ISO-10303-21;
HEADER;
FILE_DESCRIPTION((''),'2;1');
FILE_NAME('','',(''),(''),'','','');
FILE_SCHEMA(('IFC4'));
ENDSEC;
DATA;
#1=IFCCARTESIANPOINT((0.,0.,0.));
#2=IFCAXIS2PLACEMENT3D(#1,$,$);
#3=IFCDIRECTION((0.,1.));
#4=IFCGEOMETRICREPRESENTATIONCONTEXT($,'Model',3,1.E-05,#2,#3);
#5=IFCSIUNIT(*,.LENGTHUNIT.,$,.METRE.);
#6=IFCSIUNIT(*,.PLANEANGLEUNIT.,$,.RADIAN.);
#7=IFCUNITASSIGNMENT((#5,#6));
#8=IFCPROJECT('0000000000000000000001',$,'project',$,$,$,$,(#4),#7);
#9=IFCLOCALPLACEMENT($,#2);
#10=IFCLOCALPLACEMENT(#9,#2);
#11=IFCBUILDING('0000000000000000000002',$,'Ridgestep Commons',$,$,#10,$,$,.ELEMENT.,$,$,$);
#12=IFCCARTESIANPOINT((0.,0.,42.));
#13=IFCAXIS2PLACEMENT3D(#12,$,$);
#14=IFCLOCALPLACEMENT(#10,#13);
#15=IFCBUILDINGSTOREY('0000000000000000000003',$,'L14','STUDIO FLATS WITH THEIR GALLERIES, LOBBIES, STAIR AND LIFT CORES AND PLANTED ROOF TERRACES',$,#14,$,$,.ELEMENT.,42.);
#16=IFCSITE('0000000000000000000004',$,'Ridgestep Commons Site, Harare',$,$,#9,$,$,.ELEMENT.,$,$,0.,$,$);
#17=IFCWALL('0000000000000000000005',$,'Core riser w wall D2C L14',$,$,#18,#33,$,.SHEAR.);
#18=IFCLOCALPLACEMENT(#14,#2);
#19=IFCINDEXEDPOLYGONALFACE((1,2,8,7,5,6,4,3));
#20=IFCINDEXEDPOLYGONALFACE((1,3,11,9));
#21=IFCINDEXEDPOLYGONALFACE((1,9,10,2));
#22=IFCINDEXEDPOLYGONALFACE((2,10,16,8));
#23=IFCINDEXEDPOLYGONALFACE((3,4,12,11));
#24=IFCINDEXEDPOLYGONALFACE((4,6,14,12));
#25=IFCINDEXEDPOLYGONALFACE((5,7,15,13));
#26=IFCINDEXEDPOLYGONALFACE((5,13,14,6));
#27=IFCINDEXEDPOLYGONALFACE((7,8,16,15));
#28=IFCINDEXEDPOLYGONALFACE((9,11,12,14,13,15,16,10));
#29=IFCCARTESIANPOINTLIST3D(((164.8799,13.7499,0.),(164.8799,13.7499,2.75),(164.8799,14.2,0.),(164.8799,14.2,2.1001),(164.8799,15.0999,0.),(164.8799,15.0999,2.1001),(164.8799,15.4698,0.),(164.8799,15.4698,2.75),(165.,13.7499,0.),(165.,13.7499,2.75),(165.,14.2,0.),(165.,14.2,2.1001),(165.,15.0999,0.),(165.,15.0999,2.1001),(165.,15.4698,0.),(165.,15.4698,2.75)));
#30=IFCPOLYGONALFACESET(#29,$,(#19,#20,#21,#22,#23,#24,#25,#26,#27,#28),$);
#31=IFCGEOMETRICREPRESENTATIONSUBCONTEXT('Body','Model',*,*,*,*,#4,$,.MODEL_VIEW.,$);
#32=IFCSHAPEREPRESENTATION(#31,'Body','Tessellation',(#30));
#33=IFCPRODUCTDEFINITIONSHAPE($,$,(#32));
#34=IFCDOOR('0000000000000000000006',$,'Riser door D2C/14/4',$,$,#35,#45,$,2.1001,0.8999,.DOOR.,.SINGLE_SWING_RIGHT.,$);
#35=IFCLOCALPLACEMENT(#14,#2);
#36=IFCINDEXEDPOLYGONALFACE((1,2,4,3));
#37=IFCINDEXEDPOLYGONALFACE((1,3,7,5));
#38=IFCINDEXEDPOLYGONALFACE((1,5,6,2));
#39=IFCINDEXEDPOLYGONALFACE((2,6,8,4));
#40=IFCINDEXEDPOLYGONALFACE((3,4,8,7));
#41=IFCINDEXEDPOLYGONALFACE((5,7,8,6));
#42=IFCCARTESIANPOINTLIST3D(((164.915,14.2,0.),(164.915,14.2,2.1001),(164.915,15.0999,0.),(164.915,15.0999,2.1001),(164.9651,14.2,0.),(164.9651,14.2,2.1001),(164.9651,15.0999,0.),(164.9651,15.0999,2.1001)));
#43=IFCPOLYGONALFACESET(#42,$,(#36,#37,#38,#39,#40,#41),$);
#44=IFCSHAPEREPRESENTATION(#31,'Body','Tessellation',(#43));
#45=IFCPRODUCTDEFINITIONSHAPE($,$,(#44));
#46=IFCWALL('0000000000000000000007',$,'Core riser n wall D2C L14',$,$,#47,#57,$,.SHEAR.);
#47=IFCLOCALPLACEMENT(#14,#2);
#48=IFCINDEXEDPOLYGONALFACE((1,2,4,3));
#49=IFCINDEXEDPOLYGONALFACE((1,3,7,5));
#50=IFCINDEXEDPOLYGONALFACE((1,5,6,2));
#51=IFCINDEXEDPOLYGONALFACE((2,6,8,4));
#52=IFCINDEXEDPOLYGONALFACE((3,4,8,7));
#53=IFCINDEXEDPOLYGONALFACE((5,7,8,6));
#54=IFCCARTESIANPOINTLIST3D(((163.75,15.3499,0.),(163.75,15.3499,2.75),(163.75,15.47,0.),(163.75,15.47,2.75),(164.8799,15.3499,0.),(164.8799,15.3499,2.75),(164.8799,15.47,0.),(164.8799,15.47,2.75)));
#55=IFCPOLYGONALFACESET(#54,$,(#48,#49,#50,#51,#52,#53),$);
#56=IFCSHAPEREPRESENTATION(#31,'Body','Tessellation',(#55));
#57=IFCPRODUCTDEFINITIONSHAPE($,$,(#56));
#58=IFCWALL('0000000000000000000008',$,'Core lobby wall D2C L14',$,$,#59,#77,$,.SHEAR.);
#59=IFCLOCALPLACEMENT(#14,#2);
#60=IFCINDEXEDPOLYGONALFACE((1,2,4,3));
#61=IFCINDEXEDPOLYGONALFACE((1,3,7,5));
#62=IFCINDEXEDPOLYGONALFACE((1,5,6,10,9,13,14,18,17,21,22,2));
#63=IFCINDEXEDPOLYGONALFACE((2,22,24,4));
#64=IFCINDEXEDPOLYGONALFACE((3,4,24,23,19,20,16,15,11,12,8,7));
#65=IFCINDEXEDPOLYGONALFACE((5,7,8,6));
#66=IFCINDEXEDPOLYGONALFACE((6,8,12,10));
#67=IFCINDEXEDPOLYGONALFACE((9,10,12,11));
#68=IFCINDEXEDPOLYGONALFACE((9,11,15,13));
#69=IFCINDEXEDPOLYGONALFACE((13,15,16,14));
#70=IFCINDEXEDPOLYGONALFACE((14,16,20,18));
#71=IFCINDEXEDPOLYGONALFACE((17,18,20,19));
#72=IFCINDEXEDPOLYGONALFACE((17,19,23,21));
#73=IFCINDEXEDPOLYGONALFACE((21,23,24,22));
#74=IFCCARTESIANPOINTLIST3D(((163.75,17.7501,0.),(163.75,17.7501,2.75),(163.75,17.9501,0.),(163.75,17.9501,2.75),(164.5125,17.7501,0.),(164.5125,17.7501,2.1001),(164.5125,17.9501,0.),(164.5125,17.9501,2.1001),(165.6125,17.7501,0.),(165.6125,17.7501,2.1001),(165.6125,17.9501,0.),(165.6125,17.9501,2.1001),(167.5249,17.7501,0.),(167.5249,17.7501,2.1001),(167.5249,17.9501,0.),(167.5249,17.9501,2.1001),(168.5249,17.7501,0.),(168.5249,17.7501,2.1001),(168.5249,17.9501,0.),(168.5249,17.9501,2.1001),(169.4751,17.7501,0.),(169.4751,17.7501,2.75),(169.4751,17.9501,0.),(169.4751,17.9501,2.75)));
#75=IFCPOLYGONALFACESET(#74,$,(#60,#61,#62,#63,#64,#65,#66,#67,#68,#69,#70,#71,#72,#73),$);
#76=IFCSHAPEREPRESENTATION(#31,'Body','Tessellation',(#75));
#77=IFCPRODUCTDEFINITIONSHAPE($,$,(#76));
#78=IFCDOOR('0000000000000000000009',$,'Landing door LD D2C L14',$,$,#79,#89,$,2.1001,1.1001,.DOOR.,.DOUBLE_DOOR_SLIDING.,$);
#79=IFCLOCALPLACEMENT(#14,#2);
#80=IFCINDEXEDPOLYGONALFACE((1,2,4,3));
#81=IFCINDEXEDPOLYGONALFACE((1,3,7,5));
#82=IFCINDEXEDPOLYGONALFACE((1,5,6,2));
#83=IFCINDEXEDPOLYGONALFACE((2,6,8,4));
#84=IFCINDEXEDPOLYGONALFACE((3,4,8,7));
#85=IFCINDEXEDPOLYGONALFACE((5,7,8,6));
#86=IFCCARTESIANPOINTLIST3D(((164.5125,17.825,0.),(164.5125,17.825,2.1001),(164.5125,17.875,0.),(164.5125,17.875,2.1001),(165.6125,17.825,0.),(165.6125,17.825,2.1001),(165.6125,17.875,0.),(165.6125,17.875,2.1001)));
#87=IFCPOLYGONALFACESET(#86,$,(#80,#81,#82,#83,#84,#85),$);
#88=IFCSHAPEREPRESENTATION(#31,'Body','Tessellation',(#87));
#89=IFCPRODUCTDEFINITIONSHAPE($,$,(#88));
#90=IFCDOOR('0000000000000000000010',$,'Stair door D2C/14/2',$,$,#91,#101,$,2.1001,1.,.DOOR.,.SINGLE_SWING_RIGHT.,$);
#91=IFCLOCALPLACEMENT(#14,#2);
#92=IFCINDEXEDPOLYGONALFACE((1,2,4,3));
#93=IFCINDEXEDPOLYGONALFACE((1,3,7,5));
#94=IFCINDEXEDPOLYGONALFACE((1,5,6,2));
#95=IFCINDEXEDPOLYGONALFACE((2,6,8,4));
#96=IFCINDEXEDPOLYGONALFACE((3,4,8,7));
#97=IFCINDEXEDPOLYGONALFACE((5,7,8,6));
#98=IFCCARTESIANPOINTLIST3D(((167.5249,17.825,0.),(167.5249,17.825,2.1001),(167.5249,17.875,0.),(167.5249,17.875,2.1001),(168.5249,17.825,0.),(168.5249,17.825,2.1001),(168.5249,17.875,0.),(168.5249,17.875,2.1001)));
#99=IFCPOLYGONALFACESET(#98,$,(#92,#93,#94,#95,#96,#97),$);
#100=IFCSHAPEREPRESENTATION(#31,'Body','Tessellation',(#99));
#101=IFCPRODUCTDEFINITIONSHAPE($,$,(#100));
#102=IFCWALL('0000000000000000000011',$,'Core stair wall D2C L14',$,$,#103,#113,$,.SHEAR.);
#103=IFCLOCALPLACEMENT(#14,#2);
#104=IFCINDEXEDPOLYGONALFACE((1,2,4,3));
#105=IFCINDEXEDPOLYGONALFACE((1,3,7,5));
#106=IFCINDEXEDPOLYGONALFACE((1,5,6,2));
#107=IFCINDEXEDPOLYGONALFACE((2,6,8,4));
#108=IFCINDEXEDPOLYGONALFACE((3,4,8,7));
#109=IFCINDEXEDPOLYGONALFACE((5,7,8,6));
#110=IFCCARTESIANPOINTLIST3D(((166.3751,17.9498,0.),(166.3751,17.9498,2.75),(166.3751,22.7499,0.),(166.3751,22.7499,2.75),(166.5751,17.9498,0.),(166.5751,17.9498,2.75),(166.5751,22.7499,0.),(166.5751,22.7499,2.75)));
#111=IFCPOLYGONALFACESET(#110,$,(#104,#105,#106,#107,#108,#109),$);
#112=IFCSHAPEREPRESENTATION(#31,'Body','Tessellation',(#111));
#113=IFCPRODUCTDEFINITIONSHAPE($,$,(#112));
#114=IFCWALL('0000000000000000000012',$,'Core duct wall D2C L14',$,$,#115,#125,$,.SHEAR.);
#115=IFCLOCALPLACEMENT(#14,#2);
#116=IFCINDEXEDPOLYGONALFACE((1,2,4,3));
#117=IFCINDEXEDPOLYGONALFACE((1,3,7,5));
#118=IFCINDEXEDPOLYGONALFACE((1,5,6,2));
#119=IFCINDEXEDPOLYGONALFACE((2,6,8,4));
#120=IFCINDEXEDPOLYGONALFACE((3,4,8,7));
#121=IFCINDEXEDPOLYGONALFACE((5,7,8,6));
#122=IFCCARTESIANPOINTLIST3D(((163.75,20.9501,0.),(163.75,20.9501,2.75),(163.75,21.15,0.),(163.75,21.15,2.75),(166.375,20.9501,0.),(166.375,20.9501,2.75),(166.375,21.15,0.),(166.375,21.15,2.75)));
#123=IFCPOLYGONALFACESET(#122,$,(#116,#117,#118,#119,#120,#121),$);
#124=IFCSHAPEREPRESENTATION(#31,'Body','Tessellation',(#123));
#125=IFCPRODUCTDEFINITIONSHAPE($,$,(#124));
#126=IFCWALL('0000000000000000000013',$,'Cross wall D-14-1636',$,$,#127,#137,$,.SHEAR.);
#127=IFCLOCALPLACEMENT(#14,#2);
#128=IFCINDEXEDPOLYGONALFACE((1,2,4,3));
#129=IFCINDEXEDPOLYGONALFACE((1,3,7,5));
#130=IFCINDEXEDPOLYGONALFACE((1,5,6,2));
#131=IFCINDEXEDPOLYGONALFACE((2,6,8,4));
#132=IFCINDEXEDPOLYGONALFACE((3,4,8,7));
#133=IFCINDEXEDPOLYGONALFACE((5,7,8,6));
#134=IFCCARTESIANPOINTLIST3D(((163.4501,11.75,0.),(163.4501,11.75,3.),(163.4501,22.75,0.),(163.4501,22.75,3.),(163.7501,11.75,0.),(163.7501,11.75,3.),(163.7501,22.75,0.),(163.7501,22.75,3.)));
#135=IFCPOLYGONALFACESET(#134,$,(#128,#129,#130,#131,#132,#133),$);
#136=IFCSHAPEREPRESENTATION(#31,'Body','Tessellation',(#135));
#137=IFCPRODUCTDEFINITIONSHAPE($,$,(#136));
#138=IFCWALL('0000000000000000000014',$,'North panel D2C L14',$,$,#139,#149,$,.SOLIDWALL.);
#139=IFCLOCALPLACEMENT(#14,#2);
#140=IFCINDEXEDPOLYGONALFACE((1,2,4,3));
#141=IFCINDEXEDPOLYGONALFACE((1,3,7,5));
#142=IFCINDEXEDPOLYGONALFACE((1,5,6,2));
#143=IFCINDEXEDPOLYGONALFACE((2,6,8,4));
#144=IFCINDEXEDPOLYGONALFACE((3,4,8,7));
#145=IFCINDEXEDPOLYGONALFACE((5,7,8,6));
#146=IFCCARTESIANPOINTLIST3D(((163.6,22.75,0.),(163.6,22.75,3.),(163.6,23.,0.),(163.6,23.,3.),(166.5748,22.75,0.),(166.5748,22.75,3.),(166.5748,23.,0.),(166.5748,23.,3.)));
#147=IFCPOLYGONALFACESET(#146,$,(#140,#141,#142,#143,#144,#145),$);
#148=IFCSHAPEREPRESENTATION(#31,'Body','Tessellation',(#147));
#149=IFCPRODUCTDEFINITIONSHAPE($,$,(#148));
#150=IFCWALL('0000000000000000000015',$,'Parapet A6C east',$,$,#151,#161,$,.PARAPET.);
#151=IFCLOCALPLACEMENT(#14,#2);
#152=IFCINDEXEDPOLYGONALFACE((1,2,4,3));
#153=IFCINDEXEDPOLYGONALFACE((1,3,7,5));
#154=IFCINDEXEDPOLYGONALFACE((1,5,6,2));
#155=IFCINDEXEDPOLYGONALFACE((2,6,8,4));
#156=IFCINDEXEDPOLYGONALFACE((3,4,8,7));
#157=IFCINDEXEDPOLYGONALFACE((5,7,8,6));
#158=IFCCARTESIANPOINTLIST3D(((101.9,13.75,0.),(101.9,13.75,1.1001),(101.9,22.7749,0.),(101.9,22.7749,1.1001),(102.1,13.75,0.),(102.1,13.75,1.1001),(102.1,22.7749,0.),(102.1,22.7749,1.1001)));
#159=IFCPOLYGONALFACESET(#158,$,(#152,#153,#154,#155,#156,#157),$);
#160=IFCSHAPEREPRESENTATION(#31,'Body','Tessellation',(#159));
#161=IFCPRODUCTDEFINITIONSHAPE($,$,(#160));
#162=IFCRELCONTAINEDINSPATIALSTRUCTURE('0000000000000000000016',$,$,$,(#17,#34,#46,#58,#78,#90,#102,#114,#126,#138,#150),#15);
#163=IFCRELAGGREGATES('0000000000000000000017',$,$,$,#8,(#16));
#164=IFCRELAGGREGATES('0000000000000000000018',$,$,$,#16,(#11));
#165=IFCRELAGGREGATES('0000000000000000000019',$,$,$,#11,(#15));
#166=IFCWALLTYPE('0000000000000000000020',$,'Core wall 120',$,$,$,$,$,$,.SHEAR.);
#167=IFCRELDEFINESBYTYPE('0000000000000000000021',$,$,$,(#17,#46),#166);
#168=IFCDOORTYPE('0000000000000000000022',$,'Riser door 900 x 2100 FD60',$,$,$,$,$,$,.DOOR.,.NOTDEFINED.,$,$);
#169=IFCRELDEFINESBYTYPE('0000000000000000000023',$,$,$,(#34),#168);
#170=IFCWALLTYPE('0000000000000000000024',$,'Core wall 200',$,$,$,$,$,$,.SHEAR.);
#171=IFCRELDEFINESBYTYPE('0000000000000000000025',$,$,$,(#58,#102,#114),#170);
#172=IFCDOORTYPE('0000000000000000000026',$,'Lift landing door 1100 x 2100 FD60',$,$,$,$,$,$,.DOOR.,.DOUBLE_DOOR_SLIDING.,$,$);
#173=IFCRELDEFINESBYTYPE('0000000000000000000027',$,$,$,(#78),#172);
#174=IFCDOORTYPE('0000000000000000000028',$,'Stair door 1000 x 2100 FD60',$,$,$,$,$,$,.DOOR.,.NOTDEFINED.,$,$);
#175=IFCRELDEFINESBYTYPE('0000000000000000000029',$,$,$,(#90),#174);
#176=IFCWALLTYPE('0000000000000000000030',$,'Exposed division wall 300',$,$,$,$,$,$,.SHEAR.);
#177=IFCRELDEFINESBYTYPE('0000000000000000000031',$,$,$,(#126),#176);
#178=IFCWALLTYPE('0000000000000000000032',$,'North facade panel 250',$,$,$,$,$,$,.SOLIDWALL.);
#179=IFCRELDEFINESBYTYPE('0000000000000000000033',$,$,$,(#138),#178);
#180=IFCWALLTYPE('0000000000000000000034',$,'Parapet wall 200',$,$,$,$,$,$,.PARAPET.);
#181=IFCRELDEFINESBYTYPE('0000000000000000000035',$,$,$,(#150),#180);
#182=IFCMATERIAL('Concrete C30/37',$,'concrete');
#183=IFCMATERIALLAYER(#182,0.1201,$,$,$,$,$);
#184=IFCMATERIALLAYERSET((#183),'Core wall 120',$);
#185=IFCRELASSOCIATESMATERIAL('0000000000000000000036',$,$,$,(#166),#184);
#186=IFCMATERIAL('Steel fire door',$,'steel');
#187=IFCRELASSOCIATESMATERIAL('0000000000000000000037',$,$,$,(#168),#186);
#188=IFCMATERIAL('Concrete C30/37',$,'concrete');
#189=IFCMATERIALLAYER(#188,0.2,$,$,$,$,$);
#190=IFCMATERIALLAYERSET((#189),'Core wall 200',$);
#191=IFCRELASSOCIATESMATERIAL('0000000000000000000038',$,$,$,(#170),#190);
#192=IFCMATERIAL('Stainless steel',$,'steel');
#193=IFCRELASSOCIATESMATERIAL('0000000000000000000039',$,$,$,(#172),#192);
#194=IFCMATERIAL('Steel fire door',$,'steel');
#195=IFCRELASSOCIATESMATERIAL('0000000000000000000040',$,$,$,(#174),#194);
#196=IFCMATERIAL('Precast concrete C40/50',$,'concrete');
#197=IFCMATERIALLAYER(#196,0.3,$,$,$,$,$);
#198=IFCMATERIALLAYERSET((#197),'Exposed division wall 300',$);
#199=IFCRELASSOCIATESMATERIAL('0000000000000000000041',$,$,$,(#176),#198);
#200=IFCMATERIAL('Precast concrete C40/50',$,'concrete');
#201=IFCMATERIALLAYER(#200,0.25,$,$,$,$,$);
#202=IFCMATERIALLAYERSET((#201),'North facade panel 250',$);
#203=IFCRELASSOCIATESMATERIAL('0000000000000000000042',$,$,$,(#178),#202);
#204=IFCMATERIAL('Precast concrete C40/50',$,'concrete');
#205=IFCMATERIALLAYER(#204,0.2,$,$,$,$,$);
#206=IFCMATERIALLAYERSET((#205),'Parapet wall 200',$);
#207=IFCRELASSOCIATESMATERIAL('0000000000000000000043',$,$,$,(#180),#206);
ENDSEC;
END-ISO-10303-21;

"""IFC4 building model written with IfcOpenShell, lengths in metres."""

from ifc_helpers import new_model, si_unit, direction, frame, frame_2d, origin, place, context, subcontext, project, spatial, rectangle, extrude, material, layer, layer_set, type_object, element, fill, save


model = new_model("IFC4")

# Units and contexts
model_context = context("Model", 3, precision=1e-05, world=origin(), true_north=direction((0.0, 1.0)))
body_context = subcontext(model_context, "Body", "Model", "MODEL_VIEW")
ifc_project = project(units=[si_unit("LENGTHUNIT", "METRE"), si_unit("PLANEANGLEUNIT", "RADIAN")], contexts=[model_context])

# Site, building, storey
site_placement = place(None, origin())
site = spatial("IfcSite", under=ifc_project, at=site_placement, Name="Ridgestep Commons Site, Harare", CompositionType="ELEMENT", RefElevation=0.0)
building_placement = place(site_placement, origin())
building = spatial("IfcBuilding", under=site, at=building_placement, Name="Ridgestep Commons", CompositionType="ELEMENT")
storey_placement = place(building_placement, frame((0.0, 0.0, 42.0)))
storey = spatial("IfcBuildingStorey", under=building, at=storey_placement, Name="L14", Description="STUDIO FLATS WITH THEIR GALLERIES, LOBBIES, STAIR AND LIFT CORES AND PLANTED ROOF TERRACES", CompositionType="ELEMENT", Elevation=42.0)

# Wall, opening, door
ifc_material_1 = material(Name="Concrete C30/37", Category="concrete")
ifc_layer_1 = layer(ifc_material_1, 0.1201)
ifc_layer_set_1 = layer_set([ifc_layer_1], Name="Core wall 120")
wall_type_1 = type_object("IfcWallType", Name="Core wall 120", PredefinedType="SHEAR", material=ifc_layer_set_1)
wall_1_placement = place(storey_placement, frame((164.9399, 13.75, 0.0), z_axis=(0.0, 0.0, 1.0), x_axis=(0.0, 1.0, 0.0)))
wall_1 = element("IfcWall", 1, at=wall_1_placement, inside=storey, type_object=wall_type_1, Name="Core riser w wall D2C L14", PredefinedType="SHEAR", context=body_context, shape_type="SweptSolid", body=[
    extrude(rectangle(XDim=1.72, YDim=0.1201, at=frame_2d((0.8599, 0.0))), origin(), (0.0, 0.0, 1.0), 2.75),
])
opening_1_placement = place(wall_1_placement, frame((0.45, 0.0, 0.0)))
opening_1 = element("IfcOpeningElement", 2, at=opening_1_placement, cuts=wall_1, PredefinedType="OPENING", context=body_context, shape_type="SweptSolid", body=[
    extrude(rectangle(XDim=0.8999, YDim=2.1001, at=frame_2d((0.45, 1.05))), frame((0.0, 0.0701, 0.0), z_axis=(0.0, -1.0, 0.0), x_axis=(1.0, 0.0, 0.0)), (0.0, 0.0, 1.0), 0.1401),
])
ifc_material_2 = material(Name="Steel fire door", Category="steel")
door_type_1 = type_object("IfcDoorType", Name="Riser door 900 x 2100 FD60", OperationType="NOTDEFINED", PredefinedType="DOOR", material=ifc_material_2)
door_1_placement = place(opening_1_placement, origin())
door_1 = element("IfcDoor", 3, at=door_1_placement, inside=storey, type_object=door_type_1, Name="Riser door D2C/14/4", OperationType="SINGLE_SWING_RIGHT", OverallHeight=2.1001, OverallWidth=0.8999, PredefinedType="DOOR", context=body_context, shape_type="SweptSolid", body=[
    extrude(rectangle(XDim=0.8999, YDim=2.1001, at=frame_2d((0.45, 1.05))), frame((0.0, 0.0249, 0.0), z_axis=(0.0, -1.0, 0.0), x_axis=(1.0, 0.0, 0.0)), (0.0, 0.0, 1.0), 0.05),
])
fill(opening_1, door_1)

# Wall
wall_2_placement = place(storey_placement, frame((163.75, 15.4099, 0.0), z_axis=(0.0, 0.0, 1.0), x_axis=(1.0, 0.0, 0.0)))
element("IfcWall", 4, at=wall_2_placement, inside=storey, type_object=wall_type_1, Name="Core riser n wall D2C L14", PredefinedType="SHEAR", context=body_context, shape_type="SweptSolid", body=[
    extrude(rectangle(XDim=1.1299, YDim=0.1201, at=frame_2d((0.5649, 0.0))), origin(), (0.0, 0.0, 1.0), 2.75),
])

# Wall, openings, doors
ifc_material_3 = material(Name="Concrete C30/37", Category="concrete")
ifc_layer_2 = layer(ifc_material_3, 0.2)
ifc_layer_set_2 = layer_set([ifc_layer_2], Name="Core wall 200")
wall_type_2 = type_object("IfcWallType", Name="Core wall 200", PredefinedType="SHEAR", material=ifc_layer_set_2)
wall_3_placement = place(storey_placement, frame((163.75, 17.8501, 0.0), z_axis=(0.0, 0.0, 1.0), x_axis=(1.0, 0.0, 0.0)))
wall_3 = element("IfcWall", 5, at=wall_3_placement, inside=storey, type_object=wall_type_2, Name="Core lobby wall D2C L14", PredefinedType="SHEAR", context=body_context, shape_type="SweptSolid", body=[
    extrude(rectangle(XDim=5.7251, YDim=0.2, at=frame_2d((2.8625, 0.0))), origin(), (0.0, 0.0, 1.0), 2.75),
])
opening_2_placement = place(wall_3_placement, frame((3.7749, 0.0, 0.0)))
opening_2 = element("IfcOpeningElement", 6, at=opening_2_placement, cuts=wall_3, PredefinedType="OPENING", context=body_context, shape_type="SweptSolid", body=[
    extrude(rectangle(XDim=1.0, YDim=2.1001, at=frame_2d((0.5, 1.05))), frame((0.0, 0.1099, 0.0), z_axis=(0.0, -1.0, 0.0), x_axis=(1.0, 0.0, 0.0)), (0.0, 0.0, 1.0), 0.22),
])
opening_3_placement = place(wall_3_placement, frame((0.7625, 0.0, 0.0)))
opening_3 = element("IfcOpeningElement", 7, at=opening_3_placement, cuts=wall_3, PredefinedType="OPENING", context=body_context, shape_type="SweptSolid", body=[
    extrude(rectangle(XDim=1.1001, YDim=2.1001, at=frame_2d((0.55, 1.05))), frame((0.0, 0.1099, 0.0), z_axis=(0.0, -1.0, 0.0), x_axis=(1.0, 0.0, 0.0)), (0.0, 0.0, 1.0), 0.22),
])
ifc_material_4 = material(Name="Stainless steel", Category="steel")
door_type_2 = type_object("IfcDoorType", Name="Lift landing door 1100 x 2100 FD60", OperationType="DOUBLE_DOOR_SLIDING", PredefinedType="DOOR", material=ifc_material_4)
door_2_placement = place(opening_3_placement, origin())
door_2 = element("IfcDoor", 8, at=door_2_placement, inside=storey, type_object=door_type_2, Name="Landing door LD D2C L14", OperationType="DOUBLE_DOOR_SLIDING", OverallHeight=2.1001, OverallWidth=1.1001, PredefinedType="DOOR", context=body_context, shape_type="SweptSolid", body=[
    extrude(rectangle(XDim=1.1001, YDim=2.1001, at=frame_2d((0.55, 1.05))), frame((0.0, 0.0249, 0.0), z_axis=(0.0, -1.0, 0.0), x_axis=(1.0, 0.0, 0.0)), (0.0, 0.0, 1.0), 0.05),
])
fill(opening_3, door_2)
ifc_material_5 = material(Name="Steel fire door", Category="steel")
door_type_3 = type_object("IfcDoorType", Name="Stair door 1000 x 2100 FD60", OperationType="NOTDEFINED", PredefinedType="DOOR", material=ifc_material_5)
door_3_placement = place(opening_2_placement, origin())
door_3 = element("IfcDoor", 9, at=door_3_placement, inside=storey, type_object=door_type_3, Name="Stair door D2C/14/2", OperationType="SINGLE_SWING_RIGHT", OverallHeight=2.1001, OverallWidth=1.0, PredefinedType="DOOR", context=body_context, shape_type="SweptSolid", body=[
    extrude(rectangle(XDim=1.0, YDim=2.1001, at=frame_2d((0.5, 1.05))), frame((0.0, 0.0249, 0.0), z_axis=(0.0, -1.0, 0.0), x_axis=(1.0, 0.0, 0.0)), (0.0, 0.0, 1.0), 0.05),
])
fill(opening_2, door_3)

# Walls
wall_4_placement = place(storey_placement, frame((166.4751, 17.95, 0.0), z_axis=(0.0, 0.0, 1.0), x_axis=(0.0, 1.0, 0.0)))
element("IfcWall", 10, at=wall_4_placement, inside=storey, type_object=wall_type_2, Name="Core stair wall D2C L14", PredefinedType="SHEAR", context=body_context, shape_type="SweptSolid", body=[
    extrude(rectangle(XDim=4.8, YDim=0.2, at=frame_2d((2.3999, 0.0))), origin(), (0.0, 0.0, 1.0), 2.75),
])
wall_5_placement = place(storey_placement, frame((163.75, 21.05, 0.0), z_axis=(0.0, 0.0, 1.0), x_axis=(1.0, 0.0, 0.0)))
element("IfcWall", 11, at=wall_5_placement, inside=storey, type_object=wall_type_2, Name="Core duct wall D2C L14", PredefinedType="SHEAR", context=body_context, shape_type="SweptSolid", body=[
    extrude(rectangle(XDim=2.625, YDim=0.2, at=frame_2d((1.3125, 0.0))), origin(), (0.0, 0.0, 1.0), 2.75),
])
ifc_material_6 = material(Name="Precast concrete C40/50", Category="concrete")
ifc_layer_3 = layer(ifc_material_6, 0.3)
ifc_layer_set_3 = layer_set([ifc_layer_3], Name="Exposed division wall 300")
wall_type_3 = type_object("IfcWallType", Name="Exposed division wall 300", PredefinedType="SHEAR", material=ifc_layer_set_3)
wall_6_placement = place(storey_placement, frame((163.6001, 11.75, 0.0), z_axis=(0.0, 0.0, 1.0), x_axis=(0.0, 1.0, 0.0)))
element("IfcWall", 12, at=wall_6_placement, inside=storey, type_object=wall_type_3, Name="Cross wall D-14-1636", PredefinedType="SHEAR", context=body_context, shape_type="SweptSolid", body=[
    extrude(rectangle(XDim=11.0, YDim=0.3, at=frame_2d((5.5, 0.0))), origin(), (0.0, 0.0, 1.0), 3.0),
])
ifc_material_7 = material(Name="Precast concrete C40/50", Category="concrete")
ifc_layer_4 = layer(ifc_material_7, 0.25)
ifc_layer_set_4 = layer_set([ifc_layer_4], Name="North facade panel 250")
wall_type_4 = type_object("IfcWallType", Name="North facade panel 250", PredefinedType="SOLIDWALL", material=ifc_layer_set_4)
wall_7_placement = place(storey_placement, frame((163.6001, 22.875, 0.0), z_axis=(0.0, 0.0, 1.0), x_axis=(1.0, 0.0, 0.0)))
element("IfcWall", 13, at=wall_7_placement, inside=storey, type_object=wall_type_4, Name="North panel D2C L14", PredefinedType="SOLIDWALL", context=body_context, shape_type="SweptSolid", body=[
    extrude(rectangle(XDim=2.9749, YDim=0.25, at=frame_2d((1.4873, 0.0))), origin(), (0.0, 0.0, 1.0), 3.0),
])
ifc_material_8 = material(Name="Precast concrete C40/50", Category="concrete")
ifc_layer_5 = layer(ifc_material_8, 0.2)
ifc_layer_set_5 = layer_set([ifc_layer_5], Name="Parapet wall 200")
wall_type_5 = type_object("IfcWallType", Name="Parapet wall 200", PredefinedType="PARAPET", material=ifc_layer_set_5)
wall_8_placement = place(storey_placement, frame((102.0, 13.75, 0.0), z_axis=(0.0, 0.0, 1.0), x_axis=(0.0, 1.0, 0.0)))
element("IfcWall", 14, at=wall_8_placement, inside=storey, type_object=wall_type_5, Name="Parapet A6C east", PredefinedType="PARAPET", context=body_context, shape_type="SweptSolid", body=[
    extrude(rectangle(XDim=9.0249, YDim=0.2, at=frame_2d((4.5125, 0.0))), origin(), (0.0, 0.0, 1.0), 1.1001),
])

save(model, "model.ifc")
